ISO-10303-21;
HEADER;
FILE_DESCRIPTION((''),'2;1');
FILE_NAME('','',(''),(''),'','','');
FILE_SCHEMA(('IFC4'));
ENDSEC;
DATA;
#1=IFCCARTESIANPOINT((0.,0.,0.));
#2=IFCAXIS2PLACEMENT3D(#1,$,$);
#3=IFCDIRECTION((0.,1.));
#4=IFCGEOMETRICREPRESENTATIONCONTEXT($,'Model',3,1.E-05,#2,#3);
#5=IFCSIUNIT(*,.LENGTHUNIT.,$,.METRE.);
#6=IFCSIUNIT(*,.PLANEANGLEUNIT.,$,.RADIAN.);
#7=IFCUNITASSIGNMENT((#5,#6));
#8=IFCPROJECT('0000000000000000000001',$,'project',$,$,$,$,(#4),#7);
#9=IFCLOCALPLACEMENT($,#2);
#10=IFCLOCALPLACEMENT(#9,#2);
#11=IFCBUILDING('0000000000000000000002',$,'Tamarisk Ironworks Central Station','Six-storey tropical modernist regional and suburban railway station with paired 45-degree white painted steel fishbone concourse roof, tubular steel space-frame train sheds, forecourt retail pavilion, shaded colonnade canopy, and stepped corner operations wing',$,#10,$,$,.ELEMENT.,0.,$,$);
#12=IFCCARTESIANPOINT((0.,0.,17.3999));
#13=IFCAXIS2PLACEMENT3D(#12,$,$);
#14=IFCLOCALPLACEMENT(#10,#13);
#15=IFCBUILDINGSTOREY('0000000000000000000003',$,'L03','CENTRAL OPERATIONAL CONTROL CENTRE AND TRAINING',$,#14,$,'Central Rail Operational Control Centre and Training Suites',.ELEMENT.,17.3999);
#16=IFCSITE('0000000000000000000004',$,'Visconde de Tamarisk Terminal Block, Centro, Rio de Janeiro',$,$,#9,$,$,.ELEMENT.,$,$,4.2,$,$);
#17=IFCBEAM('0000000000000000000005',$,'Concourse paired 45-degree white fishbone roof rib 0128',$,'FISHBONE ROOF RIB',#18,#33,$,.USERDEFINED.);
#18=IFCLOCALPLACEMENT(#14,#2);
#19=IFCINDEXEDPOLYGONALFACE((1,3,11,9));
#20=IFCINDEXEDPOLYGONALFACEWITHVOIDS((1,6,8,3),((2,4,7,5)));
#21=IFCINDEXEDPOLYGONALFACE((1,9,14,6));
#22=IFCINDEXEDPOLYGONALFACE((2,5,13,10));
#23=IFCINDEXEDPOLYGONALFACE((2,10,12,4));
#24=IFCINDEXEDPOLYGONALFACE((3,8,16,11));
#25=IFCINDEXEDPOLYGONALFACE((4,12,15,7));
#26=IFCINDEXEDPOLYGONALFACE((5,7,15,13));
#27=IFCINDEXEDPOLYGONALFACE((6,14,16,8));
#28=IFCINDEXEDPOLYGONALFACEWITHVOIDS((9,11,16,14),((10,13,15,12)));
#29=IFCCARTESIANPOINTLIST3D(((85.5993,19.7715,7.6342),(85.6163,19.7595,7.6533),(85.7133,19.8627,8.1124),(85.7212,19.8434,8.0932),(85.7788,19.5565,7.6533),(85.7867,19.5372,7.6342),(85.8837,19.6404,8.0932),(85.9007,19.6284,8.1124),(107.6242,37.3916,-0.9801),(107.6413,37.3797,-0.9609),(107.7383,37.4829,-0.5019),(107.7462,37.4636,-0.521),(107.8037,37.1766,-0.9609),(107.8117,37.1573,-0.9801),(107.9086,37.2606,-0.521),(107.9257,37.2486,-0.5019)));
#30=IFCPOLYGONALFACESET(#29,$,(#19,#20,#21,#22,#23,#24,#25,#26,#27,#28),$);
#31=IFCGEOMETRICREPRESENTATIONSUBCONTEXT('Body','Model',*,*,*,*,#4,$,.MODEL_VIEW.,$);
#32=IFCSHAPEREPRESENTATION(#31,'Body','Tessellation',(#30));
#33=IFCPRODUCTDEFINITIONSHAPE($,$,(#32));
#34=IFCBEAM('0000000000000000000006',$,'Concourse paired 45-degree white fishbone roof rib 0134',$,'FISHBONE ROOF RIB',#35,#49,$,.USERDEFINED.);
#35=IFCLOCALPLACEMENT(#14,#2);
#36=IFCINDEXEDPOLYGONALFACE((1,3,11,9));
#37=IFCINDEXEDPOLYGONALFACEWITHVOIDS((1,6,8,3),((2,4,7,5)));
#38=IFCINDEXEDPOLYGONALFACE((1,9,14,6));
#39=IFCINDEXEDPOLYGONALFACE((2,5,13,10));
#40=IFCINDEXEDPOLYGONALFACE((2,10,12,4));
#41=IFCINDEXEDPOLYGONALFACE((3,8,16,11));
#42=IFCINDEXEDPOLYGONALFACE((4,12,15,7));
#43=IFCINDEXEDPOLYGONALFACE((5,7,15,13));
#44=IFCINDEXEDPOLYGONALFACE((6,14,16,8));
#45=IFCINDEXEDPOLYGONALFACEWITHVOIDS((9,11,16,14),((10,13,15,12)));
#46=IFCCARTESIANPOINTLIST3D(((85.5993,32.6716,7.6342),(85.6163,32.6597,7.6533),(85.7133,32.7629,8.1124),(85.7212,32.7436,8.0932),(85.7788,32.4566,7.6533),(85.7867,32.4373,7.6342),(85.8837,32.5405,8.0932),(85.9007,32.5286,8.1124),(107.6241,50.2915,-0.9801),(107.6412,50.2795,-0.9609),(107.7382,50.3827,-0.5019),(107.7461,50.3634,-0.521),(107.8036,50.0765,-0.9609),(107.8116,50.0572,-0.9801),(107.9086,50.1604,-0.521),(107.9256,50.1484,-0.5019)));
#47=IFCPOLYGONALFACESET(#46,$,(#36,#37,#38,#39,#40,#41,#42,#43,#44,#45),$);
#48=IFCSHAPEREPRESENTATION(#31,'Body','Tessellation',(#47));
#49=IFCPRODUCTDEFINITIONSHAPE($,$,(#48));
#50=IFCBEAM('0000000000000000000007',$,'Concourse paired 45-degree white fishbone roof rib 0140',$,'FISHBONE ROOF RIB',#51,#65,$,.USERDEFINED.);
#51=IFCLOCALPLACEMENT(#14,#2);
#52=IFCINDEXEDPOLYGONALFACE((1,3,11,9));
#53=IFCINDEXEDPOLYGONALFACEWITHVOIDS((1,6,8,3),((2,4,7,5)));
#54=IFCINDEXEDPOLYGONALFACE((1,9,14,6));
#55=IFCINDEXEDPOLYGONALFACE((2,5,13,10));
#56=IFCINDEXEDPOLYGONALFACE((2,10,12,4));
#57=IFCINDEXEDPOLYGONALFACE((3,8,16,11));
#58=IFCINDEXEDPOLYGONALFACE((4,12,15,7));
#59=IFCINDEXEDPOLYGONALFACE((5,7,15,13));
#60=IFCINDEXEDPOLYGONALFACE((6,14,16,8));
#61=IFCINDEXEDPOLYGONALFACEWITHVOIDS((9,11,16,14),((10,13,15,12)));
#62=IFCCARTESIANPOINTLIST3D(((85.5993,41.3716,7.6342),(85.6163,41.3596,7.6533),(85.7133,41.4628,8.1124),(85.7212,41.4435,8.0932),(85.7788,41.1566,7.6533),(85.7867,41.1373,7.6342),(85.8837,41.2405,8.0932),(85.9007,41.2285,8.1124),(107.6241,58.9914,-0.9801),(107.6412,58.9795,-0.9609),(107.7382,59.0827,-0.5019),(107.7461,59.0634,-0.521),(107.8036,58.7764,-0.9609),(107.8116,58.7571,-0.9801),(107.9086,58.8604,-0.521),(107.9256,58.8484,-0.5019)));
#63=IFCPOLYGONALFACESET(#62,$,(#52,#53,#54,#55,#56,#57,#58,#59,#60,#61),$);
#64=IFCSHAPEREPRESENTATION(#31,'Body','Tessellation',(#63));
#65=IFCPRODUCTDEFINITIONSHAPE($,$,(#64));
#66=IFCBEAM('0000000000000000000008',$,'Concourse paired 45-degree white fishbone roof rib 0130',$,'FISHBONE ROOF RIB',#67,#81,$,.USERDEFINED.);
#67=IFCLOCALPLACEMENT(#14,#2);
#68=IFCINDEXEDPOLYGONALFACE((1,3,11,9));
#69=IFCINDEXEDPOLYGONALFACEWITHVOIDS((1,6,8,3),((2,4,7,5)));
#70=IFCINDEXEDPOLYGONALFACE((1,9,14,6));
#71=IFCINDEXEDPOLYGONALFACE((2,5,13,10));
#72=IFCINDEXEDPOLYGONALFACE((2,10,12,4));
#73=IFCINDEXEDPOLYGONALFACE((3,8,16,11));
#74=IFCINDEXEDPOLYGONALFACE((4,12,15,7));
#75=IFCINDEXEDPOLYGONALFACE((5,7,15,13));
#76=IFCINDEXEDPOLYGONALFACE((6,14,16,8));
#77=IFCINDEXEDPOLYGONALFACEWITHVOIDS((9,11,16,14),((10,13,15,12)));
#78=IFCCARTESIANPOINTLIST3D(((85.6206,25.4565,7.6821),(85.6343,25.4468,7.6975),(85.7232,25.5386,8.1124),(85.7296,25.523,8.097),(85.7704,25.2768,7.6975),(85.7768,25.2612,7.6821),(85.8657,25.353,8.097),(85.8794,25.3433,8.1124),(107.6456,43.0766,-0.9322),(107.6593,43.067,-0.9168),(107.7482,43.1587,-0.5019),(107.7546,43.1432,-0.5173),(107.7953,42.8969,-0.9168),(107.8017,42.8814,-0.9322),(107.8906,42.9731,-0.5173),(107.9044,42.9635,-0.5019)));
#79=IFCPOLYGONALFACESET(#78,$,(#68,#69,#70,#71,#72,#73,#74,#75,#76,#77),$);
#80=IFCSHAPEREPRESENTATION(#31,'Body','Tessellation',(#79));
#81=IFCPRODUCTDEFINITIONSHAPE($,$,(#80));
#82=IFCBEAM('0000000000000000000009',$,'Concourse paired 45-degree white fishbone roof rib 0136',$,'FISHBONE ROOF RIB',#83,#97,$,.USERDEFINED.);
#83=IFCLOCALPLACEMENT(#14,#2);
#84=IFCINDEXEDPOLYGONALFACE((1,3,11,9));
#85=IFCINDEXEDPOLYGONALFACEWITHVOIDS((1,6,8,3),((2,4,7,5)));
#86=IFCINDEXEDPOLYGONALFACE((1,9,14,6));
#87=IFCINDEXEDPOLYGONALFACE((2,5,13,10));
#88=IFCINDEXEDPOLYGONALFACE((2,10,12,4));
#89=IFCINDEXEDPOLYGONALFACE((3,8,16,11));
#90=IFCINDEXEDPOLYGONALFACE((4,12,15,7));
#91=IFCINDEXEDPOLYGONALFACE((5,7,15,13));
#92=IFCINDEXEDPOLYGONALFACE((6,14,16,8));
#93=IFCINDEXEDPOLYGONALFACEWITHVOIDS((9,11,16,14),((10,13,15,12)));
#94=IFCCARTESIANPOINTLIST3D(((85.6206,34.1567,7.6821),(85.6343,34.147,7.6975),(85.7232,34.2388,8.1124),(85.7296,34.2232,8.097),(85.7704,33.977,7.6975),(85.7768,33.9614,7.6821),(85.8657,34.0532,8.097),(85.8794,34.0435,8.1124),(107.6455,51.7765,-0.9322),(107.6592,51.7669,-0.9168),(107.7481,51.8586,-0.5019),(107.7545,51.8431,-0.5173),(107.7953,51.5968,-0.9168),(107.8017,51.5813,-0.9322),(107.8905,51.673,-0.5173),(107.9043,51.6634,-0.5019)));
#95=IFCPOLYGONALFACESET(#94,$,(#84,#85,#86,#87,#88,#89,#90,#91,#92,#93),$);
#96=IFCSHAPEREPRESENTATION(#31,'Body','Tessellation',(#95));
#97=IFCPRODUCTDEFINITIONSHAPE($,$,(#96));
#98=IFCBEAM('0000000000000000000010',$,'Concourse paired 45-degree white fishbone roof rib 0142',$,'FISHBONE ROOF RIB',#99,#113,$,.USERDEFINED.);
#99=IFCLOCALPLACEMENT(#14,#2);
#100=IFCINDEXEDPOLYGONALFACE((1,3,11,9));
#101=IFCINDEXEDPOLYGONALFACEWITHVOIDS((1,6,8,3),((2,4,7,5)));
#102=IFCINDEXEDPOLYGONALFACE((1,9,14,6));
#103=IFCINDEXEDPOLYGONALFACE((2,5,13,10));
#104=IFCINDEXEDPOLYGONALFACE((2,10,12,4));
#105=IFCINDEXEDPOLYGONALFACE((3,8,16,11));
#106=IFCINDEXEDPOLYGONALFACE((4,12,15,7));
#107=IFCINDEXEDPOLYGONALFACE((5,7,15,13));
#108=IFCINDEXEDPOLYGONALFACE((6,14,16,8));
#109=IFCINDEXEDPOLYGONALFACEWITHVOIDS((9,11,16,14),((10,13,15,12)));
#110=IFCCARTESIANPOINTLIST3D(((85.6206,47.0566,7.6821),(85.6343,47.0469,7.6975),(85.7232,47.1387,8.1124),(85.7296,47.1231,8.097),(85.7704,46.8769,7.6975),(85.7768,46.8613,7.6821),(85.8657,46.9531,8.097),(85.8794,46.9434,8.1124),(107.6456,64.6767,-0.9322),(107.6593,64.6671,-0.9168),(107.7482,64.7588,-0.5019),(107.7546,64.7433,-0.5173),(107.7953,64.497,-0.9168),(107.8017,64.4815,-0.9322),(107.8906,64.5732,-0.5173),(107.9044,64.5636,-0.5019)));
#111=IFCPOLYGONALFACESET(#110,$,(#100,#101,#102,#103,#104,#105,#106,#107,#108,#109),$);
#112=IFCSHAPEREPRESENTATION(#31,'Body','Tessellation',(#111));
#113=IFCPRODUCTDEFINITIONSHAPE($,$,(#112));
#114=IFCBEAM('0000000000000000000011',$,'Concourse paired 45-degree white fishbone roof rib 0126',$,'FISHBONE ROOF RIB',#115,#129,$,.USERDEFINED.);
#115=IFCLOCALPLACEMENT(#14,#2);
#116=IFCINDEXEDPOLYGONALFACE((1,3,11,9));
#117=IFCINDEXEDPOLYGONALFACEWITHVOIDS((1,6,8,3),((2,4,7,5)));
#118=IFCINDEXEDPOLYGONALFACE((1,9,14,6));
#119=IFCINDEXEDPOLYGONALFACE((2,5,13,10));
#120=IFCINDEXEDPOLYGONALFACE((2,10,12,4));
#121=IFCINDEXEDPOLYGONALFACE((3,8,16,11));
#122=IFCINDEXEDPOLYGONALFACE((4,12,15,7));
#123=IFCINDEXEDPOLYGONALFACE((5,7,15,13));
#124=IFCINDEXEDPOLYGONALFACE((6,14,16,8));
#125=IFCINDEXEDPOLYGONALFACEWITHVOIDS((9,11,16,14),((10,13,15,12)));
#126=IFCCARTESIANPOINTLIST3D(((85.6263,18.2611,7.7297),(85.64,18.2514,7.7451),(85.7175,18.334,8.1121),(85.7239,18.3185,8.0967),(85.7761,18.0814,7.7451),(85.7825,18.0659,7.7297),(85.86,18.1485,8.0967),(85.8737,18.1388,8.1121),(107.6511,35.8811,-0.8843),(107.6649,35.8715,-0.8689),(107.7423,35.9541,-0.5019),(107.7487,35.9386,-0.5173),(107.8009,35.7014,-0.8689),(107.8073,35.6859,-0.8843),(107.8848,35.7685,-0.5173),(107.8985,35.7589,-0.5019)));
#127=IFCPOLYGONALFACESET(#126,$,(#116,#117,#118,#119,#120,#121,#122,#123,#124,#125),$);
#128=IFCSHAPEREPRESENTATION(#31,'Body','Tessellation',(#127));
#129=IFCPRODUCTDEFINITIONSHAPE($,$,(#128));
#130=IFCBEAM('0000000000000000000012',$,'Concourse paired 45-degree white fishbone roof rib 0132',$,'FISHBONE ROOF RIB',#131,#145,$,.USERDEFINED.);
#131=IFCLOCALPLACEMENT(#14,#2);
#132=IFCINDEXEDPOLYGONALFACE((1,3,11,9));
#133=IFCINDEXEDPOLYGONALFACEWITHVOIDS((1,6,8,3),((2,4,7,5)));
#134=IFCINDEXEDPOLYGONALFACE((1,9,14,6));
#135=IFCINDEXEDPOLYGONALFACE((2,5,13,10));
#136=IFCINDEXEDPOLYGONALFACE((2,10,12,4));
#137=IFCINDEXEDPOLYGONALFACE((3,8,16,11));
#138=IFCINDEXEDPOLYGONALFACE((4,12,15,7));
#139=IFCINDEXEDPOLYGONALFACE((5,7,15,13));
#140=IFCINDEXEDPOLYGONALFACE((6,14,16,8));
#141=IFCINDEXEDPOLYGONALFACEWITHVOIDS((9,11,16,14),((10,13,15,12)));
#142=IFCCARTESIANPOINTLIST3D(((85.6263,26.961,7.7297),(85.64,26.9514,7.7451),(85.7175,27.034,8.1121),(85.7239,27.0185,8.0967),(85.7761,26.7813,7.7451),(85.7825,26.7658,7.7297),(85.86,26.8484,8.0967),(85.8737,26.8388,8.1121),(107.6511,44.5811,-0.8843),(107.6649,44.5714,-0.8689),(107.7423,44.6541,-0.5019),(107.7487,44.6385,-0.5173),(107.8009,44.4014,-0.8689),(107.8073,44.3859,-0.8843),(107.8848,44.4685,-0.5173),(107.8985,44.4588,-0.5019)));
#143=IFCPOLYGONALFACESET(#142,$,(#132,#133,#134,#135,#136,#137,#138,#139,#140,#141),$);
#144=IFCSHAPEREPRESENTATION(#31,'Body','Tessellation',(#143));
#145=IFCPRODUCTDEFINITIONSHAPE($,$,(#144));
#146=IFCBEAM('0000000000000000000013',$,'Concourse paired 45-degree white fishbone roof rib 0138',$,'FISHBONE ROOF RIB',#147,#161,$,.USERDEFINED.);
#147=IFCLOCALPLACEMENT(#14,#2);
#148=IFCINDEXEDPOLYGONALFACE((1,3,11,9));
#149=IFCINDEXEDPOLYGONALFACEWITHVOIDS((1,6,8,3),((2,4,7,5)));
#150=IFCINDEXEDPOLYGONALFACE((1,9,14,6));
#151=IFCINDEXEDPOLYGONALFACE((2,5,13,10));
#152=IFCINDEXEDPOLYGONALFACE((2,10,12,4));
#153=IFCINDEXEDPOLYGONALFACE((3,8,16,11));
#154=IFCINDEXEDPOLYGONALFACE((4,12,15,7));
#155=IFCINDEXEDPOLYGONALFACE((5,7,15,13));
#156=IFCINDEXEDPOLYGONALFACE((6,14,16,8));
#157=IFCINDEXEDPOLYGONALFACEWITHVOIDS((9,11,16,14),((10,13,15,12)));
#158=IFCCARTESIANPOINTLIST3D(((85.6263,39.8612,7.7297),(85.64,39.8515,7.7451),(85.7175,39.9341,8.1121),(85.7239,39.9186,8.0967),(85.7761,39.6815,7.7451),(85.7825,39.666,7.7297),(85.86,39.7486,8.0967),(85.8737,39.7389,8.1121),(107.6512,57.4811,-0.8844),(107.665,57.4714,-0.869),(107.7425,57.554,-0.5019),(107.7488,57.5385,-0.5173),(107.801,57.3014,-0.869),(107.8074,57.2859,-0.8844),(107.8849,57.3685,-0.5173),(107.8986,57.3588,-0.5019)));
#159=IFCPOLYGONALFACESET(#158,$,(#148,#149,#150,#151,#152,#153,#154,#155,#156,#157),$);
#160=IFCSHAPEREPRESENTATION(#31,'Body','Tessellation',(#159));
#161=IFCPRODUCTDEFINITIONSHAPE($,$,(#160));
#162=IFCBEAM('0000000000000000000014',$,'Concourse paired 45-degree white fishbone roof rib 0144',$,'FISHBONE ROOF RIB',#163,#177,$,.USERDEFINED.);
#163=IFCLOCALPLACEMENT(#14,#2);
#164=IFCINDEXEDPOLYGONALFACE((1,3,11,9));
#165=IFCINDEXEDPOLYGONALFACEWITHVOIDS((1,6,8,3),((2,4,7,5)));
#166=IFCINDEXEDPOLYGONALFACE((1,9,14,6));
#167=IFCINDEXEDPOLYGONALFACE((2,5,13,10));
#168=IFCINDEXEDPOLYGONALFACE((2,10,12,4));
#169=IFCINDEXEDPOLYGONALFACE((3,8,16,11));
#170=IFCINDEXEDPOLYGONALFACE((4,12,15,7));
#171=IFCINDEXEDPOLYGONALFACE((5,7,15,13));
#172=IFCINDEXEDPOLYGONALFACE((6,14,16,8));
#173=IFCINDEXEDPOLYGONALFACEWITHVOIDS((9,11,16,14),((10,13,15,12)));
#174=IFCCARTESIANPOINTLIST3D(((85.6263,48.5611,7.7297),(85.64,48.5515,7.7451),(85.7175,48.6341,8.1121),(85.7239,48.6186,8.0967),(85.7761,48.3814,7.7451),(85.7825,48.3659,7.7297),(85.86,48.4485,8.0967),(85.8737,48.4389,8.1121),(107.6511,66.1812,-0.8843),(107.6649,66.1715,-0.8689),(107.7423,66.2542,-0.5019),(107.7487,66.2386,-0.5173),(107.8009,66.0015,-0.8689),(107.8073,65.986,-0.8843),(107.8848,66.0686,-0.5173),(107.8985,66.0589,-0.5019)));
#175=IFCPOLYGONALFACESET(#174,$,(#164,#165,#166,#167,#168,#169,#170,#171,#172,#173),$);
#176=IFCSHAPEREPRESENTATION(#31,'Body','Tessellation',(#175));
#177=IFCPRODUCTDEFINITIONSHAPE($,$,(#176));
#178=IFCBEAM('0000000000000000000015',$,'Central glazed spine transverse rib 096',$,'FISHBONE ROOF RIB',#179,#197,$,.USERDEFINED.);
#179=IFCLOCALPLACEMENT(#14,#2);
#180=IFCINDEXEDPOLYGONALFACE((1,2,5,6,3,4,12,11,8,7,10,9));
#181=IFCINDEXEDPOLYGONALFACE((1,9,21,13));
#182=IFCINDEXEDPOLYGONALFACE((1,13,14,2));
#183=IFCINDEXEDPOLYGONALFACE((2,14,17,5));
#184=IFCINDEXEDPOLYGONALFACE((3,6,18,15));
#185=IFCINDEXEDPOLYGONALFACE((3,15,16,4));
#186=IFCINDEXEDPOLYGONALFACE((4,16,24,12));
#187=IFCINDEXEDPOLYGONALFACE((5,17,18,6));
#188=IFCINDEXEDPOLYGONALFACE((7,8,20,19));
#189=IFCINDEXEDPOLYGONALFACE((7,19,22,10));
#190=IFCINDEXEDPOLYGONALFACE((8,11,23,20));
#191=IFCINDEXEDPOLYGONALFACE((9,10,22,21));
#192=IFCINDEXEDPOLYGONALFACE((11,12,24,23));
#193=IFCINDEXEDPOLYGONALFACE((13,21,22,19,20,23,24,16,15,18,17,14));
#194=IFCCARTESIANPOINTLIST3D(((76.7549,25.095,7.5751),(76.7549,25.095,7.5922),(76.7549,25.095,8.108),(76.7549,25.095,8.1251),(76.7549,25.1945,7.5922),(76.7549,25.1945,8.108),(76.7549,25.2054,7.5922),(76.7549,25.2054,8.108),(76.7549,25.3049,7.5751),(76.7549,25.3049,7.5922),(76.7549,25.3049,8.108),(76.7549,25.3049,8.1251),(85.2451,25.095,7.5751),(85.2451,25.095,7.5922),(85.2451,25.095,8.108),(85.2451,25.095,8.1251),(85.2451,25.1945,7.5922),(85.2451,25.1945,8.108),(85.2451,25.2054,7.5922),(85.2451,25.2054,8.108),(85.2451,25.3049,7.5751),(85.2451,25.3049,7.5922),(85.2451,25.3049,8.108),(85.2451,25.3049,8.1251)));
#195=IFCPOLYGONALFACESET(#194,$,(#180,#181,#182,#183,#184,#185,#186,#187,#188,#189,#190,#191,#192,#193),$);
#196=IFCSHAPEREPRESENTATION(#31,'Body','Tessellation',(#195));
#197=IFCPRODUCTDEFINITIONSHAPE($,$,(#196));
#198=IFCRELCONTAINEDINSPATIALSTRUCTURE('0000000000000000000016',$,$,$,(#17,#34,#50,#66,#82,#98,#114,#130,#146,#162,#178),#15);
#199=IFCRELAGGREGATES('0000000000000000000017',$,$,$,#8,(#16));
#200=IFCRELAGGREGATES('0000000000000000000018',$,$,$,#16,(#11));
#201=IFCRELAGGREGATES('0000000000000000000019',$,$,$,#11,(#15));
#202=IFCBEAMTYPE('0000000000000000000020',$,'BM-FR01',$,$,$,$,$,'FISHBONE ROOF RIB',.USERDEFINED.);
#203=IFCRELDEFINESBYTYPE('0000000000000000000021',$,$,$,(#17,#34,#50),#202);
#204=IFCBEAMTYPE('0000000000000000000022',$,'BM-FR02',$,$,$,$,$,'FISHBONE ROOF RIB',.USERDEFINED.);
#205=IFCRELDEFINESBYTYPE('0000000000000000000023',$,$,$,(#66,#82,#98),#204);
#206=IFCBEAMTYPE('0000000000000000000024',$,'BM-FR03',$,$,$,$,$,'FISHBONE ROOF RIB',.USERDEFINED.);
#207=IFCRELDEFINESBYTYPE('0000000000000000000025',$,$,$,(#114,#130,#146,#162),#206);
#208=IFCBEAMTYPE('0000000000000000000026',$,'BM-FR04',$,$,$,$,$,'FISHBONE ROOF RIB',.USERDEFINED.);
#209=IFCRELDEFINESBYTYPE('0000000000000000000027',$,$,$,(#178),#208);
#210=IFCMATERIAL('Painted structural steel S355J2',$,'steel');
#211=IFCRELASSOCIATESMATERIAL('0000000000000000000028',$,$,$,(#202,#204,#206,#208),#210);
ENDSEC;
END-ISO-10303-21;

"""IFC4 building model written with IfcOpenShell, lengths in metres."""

from ifc_helpers import new_model, si_unit, direction, frame, origin, origin_2d, place, context, subcontext, project, spatial, hollow_rectangle, i_section, extrude, material, material_profile, profile_set, type_object, element, save


model = new_model("IFC4")

# Units and contexts
model_context = context("Model", 3, precision=1e-05, world=origin(), true_north=direction((0.0, 1.0)))
body_context = subcontext(model_context, "Body", "Model", "MODEL_VIEW")
ifc_project = project(units=[si_unit("LENGTHUNIT", "METRE"), si_unit("PLANEANGLEUNIT", "RADIAN")], contexts=[model_context])

# Site, building, storey
site_placement = place(None, origin())
site = spatial("IfcSite", under=ifc_project, at=site_placement, Name="Visconde de Tamarisk Terminal Block, Centro, Rio de Janeiro", CompositionType="ELEMENT", RefElevation=4.2)
building_placement = place(site_placement, origin())
building = spatial("IfcBuilding", under=site, at=building_placement, Name="Tamarisk Ironworks Central Station", Description="Six-storey tropical modernist regional and suburban railway station with paired 45-degree white painted steel fishbone concourse roof, tubular steel space-frame train sheds, forecourt retail pavilion, shaded colonnade canopy, and stepped corner operations wing", CompositionType="ELEMENT", ElevationOfRefHeight=0.0)
storey_placement = place(building_placement, frame((0.0, 0.0, 17.3999)))
storey = spatial("IfcBuildingStorey", under=building, at=storey_placement, Name="L03", Description="CENTRAL OPERATIONAL CONTROL CENTRE AND TRAINING", LongName="Central Rail Operational Control Centre and Training Suites", CompositionType="ELEMENT", Elevation=17.3999)

# Beams
ifc_material_1 = material(Name="Painted structural steel S355J2", Category="steel")
ifc_material_profile_1 = material_profile(ifc_material_1, hollow_rectangle(XDim=0.3, YDim=0.5, WallThickness=0.02, at=origin_2d()), Name="RHS 500x300x20")
ifc_profile_set_1 = profile_set([ifc_material_profile_1], Name="Painted structural steel S355J2")
beam_type_1 = type_object("IfcBeamType", Name="BM-FR01", ElementType="FISHBONE ROOF RIB", PredefinedType="USERDEFINED", material=ifc_profile_set_1)
beam_1_placement = place(storey_placement, frame((85.75, 19.7, 7.8733), z_axis=(0.746813, 0.597457, -0.292089), x_axis=(-0.624699, 0.780865, 0.0)))
element("IfcBeam", 1, at=beam_1_placement, inside=storey, type_object=beam_type_1, Name="Concourse paired 45-degree white fishbone roof rib 0128", ObjectType="FISHBONE ROOF RIB", PredefinedType="USERDEFINED", context=body_context, shape_type="SweptSolid", body=[
    extrude(hollow_rectangle(XDim=0.3, YDim=0.5, WallThickness=0.02, at=origin_2d()), origin(), (0.0, 0.0, 1.0), 29.4919),
])
for number, where, z_axis, x_axis, name in (
    (2, (85.75, 32.6001, 7.8733), (0.746816, 0.597451, -0.292091), (-0.624694, 0.78087, 0.0), "Concourse paired 45-degree white fishbone roof rib 0134"),
    (3, (85.75, 41.3, 7.8733), (0.746816, 0.597451, -0.292091), (-0.624694, 0.78087, 0.0), "Concourse paired 45-degree white fishbone roof rib 0140"),
):
    element("IfcBeam", number, at=place(storey_placement, frame(where, z_axis=z_axis, x_axis=x_axis)), inside=storey, type_object=beam_type_1, Name=name, ObjectType="FISHBONE ROOF RIB", PredefinedType="USERDEFINED", context=body_context, shape_type="SweptSolid", body=[
        extrude(hollow_rectangle(XDim=0.3, YDim=0.5, WallThickness=0.02, at=origin_2d()), origin(), (0.0, 0.0, 1.0), 29.4917),
    ])
ifc_material_profile_2 = material_profile(ifc_material_1, hollow_rectangle(XDim=0.25, YDim=0.45, WallThickness=0.0161, at=origin_2d()), Name="RHS 450x250x16")
ifc_profile_set_2 = profile_set([ifc_material_profile_2], Name="Painted structural steel S355J2")
beam_type_2 = type_object("IfcBeamType", Name="BM-FR02", ElementType="FISHBONE ROOF RIB", PredefinedType="USERDEFINED", material=ifc_profile_set_2)
beam_2_placement = place(storey_placement, frame((85.75, 25.3999, 7.8972), z_axis=(0.746813, 0.597457, -0.292089), x_axis=(-0.624699, 0.780865, 0.0)))
element("IfcBeam", 4, at=beam_2_placement, inside=storey, type_object=beam_type_2, Name="Concourse paired 45-degree white fishbone roof rib 0130", ObjectType="FISHBONE ROOF RIB", PredefinedType="USERDEFINED", context=body_context, shape_type="SweptSolid", body=[
    extrude(hollow_rectangle(XDim=0.25, YDim=0.45, WallThickness=0.0161, at=origin_2d()), origin(), (0.0, 0.0, 1.0), 29.4919),
])
beam_3_placement = place(storey_placement, frame((85.75, 34.1001, 7.8972), z_axis=(0.746816, 0.597451, -0.292091), x_axis=(-0.624694, 0.78087, 0.0)))
element("IfcBeam", 5, at=beam_3_placement, inside=storey, type_object=beam_type_2, Name="Concourse paired 45-degree white fishbone roof rib 0136", ObjectType="FISHBONE ROOF RIB", PredefinedType="USERDEFINED", context=body_context, shape_type="SweptSolid", body=[
    extrude(hollow_rectangle(XDim=0.25, YDim=0.45, WallThickness=0.0161, at=origin_2d()), origin(), (0.0, 0.0, 1.0), 29.4917),
])
beam_4_placement = place(storey_placement, frame((85.75, 47.0, 7.8972), z_axis=(0.746813, 0.597457, -0.292089), x_axis=(-0.624699, 0.780865, 0.0)))
element("IfcBeam", 6, at=beam_4_placement, inside=storey, type_object=beam_type_2, Name="Concourse paired 45-degree white fishbone roof rib 0142", ObjectType="FISHBONE ROOF RIB", PredefinedType="USERDEFINED", context=body_context, shape_type="SweptSolid", body=[
    extrude(hollow_rectangle(XDim=0.25, YDim=0.45, WallThickness=0.0161, at=origin_2d()), origin(), (0.0, 0.0, 1.0), 29.4919),
])
ifc_material_profile_3 = material_profile(ifc_material_1, hollow_rectangle(XDim=0.25, YDim=0.3999, WallThickness=0.0161, at=origin_2d()), Name="RHS 400x250x16")
ifc_profile_set_3 = profile_set([ifc_material_profile_3], Name="Painted structural steel S355J2")
beam_type_3 = type_object("IfcBeamType", Name="BM-FR03", ElementType="FISHBONE ROOF RIB", PredefinedType="USERDEFINED", material=ifc_profile_set_3)
for number, where, z_axis, x_axis, name in (
    (7, (85.75, 18.2, 7.9209), (0.746815, 0.597458, -0.292082), (-0.624699, 0.780865, 0.0), "Concourse paired 45-degree white fishbone roof rib 0126"),
    (8, (85.75, 26.8999, 7.9209), (0.746815, 0.597458, -0.292082), (-0.624699, 0.780865, 0.0), "Concourse paired 45-degree white fishbone roof rib 0132"),
    (9, (85.75, 39.8, 7.9209), (0.746818, 0.597453, -0.292083), (-0.624694, 0.78087, 0.0), "Concourse paired 45-degree white fishbone roof rib 0138"),
    (10, (85.75, 48.5, 7.9209), (0.746815, 0.597458, -0.292082), (-0.624699, 0.780865, 0.0), "Concourse paired 45-degree white fishbone roof rib 0144"),
):
    element("IfcBeam", number, at=place(storey_placement, frame(where, z_axis=z_axis, x_axis=x_axis)), inside=storey, type_object=beam_type_3, Name=name, ObjectType="FISHBONE ROOF RIB", PredefinedType="USERDEFINED", context=body_context, shape_type="SweptSolid", body=[
        extrude(hollow_rectangle(XDim=0.25, YDim=0.3999, WallThickness=0.0161, at=origin_2d()), origin(), (0.0, 0.0, 1.0), 29.4917),
    ])
ifc_material_profile_4 = material_profile(ifc_material_1, i_section(OverallWidth=0.21, OverallDepth=0.55, WebThickness=0.011, FlangeThickness=0.0171, at=origin_2d()), Name="IPE 550")
ifc_profile_set_4 = profile_set([ifc_material_profile_4], Name="Painted structural steel S355J2")
beam_type_4 = type_object("IfcBeamType", Name="BM-FR04", ElementType="FISHBONE ROOF RIB", PredefinedType="USERDEFINED", material=ifc_profile_set_4)
for number, where, z_axis, x_axis, name in (
    (11, (76.7549, 25.2, 7.8501), (1.0, 0.0, 0.0), (0.0, 1.0, 0.0), "Central glazed spine transverse rib 096"),
):
    element("IfcBeam", number, at=place(storey_placement, frame(where, z_axis=z_axis, x_axis=x_axis)), inside=storey, type_object=beam_type_4, Name=name, ObjectType="FISHBONE ROOF RIB", PredefinedType="USERDEFINED", context=body_context, shape_type="SweptSolid", body=[
        extrude(i_section(OverallWidth=0.21, OverallDepth=0.55, WebThickness=0.011, FlangeThickness=0.0171, at=origin_2d()), origin(), (0.0, 0.0, 1.0), 8.4902),
    ])

save(model, "model.ifc")
